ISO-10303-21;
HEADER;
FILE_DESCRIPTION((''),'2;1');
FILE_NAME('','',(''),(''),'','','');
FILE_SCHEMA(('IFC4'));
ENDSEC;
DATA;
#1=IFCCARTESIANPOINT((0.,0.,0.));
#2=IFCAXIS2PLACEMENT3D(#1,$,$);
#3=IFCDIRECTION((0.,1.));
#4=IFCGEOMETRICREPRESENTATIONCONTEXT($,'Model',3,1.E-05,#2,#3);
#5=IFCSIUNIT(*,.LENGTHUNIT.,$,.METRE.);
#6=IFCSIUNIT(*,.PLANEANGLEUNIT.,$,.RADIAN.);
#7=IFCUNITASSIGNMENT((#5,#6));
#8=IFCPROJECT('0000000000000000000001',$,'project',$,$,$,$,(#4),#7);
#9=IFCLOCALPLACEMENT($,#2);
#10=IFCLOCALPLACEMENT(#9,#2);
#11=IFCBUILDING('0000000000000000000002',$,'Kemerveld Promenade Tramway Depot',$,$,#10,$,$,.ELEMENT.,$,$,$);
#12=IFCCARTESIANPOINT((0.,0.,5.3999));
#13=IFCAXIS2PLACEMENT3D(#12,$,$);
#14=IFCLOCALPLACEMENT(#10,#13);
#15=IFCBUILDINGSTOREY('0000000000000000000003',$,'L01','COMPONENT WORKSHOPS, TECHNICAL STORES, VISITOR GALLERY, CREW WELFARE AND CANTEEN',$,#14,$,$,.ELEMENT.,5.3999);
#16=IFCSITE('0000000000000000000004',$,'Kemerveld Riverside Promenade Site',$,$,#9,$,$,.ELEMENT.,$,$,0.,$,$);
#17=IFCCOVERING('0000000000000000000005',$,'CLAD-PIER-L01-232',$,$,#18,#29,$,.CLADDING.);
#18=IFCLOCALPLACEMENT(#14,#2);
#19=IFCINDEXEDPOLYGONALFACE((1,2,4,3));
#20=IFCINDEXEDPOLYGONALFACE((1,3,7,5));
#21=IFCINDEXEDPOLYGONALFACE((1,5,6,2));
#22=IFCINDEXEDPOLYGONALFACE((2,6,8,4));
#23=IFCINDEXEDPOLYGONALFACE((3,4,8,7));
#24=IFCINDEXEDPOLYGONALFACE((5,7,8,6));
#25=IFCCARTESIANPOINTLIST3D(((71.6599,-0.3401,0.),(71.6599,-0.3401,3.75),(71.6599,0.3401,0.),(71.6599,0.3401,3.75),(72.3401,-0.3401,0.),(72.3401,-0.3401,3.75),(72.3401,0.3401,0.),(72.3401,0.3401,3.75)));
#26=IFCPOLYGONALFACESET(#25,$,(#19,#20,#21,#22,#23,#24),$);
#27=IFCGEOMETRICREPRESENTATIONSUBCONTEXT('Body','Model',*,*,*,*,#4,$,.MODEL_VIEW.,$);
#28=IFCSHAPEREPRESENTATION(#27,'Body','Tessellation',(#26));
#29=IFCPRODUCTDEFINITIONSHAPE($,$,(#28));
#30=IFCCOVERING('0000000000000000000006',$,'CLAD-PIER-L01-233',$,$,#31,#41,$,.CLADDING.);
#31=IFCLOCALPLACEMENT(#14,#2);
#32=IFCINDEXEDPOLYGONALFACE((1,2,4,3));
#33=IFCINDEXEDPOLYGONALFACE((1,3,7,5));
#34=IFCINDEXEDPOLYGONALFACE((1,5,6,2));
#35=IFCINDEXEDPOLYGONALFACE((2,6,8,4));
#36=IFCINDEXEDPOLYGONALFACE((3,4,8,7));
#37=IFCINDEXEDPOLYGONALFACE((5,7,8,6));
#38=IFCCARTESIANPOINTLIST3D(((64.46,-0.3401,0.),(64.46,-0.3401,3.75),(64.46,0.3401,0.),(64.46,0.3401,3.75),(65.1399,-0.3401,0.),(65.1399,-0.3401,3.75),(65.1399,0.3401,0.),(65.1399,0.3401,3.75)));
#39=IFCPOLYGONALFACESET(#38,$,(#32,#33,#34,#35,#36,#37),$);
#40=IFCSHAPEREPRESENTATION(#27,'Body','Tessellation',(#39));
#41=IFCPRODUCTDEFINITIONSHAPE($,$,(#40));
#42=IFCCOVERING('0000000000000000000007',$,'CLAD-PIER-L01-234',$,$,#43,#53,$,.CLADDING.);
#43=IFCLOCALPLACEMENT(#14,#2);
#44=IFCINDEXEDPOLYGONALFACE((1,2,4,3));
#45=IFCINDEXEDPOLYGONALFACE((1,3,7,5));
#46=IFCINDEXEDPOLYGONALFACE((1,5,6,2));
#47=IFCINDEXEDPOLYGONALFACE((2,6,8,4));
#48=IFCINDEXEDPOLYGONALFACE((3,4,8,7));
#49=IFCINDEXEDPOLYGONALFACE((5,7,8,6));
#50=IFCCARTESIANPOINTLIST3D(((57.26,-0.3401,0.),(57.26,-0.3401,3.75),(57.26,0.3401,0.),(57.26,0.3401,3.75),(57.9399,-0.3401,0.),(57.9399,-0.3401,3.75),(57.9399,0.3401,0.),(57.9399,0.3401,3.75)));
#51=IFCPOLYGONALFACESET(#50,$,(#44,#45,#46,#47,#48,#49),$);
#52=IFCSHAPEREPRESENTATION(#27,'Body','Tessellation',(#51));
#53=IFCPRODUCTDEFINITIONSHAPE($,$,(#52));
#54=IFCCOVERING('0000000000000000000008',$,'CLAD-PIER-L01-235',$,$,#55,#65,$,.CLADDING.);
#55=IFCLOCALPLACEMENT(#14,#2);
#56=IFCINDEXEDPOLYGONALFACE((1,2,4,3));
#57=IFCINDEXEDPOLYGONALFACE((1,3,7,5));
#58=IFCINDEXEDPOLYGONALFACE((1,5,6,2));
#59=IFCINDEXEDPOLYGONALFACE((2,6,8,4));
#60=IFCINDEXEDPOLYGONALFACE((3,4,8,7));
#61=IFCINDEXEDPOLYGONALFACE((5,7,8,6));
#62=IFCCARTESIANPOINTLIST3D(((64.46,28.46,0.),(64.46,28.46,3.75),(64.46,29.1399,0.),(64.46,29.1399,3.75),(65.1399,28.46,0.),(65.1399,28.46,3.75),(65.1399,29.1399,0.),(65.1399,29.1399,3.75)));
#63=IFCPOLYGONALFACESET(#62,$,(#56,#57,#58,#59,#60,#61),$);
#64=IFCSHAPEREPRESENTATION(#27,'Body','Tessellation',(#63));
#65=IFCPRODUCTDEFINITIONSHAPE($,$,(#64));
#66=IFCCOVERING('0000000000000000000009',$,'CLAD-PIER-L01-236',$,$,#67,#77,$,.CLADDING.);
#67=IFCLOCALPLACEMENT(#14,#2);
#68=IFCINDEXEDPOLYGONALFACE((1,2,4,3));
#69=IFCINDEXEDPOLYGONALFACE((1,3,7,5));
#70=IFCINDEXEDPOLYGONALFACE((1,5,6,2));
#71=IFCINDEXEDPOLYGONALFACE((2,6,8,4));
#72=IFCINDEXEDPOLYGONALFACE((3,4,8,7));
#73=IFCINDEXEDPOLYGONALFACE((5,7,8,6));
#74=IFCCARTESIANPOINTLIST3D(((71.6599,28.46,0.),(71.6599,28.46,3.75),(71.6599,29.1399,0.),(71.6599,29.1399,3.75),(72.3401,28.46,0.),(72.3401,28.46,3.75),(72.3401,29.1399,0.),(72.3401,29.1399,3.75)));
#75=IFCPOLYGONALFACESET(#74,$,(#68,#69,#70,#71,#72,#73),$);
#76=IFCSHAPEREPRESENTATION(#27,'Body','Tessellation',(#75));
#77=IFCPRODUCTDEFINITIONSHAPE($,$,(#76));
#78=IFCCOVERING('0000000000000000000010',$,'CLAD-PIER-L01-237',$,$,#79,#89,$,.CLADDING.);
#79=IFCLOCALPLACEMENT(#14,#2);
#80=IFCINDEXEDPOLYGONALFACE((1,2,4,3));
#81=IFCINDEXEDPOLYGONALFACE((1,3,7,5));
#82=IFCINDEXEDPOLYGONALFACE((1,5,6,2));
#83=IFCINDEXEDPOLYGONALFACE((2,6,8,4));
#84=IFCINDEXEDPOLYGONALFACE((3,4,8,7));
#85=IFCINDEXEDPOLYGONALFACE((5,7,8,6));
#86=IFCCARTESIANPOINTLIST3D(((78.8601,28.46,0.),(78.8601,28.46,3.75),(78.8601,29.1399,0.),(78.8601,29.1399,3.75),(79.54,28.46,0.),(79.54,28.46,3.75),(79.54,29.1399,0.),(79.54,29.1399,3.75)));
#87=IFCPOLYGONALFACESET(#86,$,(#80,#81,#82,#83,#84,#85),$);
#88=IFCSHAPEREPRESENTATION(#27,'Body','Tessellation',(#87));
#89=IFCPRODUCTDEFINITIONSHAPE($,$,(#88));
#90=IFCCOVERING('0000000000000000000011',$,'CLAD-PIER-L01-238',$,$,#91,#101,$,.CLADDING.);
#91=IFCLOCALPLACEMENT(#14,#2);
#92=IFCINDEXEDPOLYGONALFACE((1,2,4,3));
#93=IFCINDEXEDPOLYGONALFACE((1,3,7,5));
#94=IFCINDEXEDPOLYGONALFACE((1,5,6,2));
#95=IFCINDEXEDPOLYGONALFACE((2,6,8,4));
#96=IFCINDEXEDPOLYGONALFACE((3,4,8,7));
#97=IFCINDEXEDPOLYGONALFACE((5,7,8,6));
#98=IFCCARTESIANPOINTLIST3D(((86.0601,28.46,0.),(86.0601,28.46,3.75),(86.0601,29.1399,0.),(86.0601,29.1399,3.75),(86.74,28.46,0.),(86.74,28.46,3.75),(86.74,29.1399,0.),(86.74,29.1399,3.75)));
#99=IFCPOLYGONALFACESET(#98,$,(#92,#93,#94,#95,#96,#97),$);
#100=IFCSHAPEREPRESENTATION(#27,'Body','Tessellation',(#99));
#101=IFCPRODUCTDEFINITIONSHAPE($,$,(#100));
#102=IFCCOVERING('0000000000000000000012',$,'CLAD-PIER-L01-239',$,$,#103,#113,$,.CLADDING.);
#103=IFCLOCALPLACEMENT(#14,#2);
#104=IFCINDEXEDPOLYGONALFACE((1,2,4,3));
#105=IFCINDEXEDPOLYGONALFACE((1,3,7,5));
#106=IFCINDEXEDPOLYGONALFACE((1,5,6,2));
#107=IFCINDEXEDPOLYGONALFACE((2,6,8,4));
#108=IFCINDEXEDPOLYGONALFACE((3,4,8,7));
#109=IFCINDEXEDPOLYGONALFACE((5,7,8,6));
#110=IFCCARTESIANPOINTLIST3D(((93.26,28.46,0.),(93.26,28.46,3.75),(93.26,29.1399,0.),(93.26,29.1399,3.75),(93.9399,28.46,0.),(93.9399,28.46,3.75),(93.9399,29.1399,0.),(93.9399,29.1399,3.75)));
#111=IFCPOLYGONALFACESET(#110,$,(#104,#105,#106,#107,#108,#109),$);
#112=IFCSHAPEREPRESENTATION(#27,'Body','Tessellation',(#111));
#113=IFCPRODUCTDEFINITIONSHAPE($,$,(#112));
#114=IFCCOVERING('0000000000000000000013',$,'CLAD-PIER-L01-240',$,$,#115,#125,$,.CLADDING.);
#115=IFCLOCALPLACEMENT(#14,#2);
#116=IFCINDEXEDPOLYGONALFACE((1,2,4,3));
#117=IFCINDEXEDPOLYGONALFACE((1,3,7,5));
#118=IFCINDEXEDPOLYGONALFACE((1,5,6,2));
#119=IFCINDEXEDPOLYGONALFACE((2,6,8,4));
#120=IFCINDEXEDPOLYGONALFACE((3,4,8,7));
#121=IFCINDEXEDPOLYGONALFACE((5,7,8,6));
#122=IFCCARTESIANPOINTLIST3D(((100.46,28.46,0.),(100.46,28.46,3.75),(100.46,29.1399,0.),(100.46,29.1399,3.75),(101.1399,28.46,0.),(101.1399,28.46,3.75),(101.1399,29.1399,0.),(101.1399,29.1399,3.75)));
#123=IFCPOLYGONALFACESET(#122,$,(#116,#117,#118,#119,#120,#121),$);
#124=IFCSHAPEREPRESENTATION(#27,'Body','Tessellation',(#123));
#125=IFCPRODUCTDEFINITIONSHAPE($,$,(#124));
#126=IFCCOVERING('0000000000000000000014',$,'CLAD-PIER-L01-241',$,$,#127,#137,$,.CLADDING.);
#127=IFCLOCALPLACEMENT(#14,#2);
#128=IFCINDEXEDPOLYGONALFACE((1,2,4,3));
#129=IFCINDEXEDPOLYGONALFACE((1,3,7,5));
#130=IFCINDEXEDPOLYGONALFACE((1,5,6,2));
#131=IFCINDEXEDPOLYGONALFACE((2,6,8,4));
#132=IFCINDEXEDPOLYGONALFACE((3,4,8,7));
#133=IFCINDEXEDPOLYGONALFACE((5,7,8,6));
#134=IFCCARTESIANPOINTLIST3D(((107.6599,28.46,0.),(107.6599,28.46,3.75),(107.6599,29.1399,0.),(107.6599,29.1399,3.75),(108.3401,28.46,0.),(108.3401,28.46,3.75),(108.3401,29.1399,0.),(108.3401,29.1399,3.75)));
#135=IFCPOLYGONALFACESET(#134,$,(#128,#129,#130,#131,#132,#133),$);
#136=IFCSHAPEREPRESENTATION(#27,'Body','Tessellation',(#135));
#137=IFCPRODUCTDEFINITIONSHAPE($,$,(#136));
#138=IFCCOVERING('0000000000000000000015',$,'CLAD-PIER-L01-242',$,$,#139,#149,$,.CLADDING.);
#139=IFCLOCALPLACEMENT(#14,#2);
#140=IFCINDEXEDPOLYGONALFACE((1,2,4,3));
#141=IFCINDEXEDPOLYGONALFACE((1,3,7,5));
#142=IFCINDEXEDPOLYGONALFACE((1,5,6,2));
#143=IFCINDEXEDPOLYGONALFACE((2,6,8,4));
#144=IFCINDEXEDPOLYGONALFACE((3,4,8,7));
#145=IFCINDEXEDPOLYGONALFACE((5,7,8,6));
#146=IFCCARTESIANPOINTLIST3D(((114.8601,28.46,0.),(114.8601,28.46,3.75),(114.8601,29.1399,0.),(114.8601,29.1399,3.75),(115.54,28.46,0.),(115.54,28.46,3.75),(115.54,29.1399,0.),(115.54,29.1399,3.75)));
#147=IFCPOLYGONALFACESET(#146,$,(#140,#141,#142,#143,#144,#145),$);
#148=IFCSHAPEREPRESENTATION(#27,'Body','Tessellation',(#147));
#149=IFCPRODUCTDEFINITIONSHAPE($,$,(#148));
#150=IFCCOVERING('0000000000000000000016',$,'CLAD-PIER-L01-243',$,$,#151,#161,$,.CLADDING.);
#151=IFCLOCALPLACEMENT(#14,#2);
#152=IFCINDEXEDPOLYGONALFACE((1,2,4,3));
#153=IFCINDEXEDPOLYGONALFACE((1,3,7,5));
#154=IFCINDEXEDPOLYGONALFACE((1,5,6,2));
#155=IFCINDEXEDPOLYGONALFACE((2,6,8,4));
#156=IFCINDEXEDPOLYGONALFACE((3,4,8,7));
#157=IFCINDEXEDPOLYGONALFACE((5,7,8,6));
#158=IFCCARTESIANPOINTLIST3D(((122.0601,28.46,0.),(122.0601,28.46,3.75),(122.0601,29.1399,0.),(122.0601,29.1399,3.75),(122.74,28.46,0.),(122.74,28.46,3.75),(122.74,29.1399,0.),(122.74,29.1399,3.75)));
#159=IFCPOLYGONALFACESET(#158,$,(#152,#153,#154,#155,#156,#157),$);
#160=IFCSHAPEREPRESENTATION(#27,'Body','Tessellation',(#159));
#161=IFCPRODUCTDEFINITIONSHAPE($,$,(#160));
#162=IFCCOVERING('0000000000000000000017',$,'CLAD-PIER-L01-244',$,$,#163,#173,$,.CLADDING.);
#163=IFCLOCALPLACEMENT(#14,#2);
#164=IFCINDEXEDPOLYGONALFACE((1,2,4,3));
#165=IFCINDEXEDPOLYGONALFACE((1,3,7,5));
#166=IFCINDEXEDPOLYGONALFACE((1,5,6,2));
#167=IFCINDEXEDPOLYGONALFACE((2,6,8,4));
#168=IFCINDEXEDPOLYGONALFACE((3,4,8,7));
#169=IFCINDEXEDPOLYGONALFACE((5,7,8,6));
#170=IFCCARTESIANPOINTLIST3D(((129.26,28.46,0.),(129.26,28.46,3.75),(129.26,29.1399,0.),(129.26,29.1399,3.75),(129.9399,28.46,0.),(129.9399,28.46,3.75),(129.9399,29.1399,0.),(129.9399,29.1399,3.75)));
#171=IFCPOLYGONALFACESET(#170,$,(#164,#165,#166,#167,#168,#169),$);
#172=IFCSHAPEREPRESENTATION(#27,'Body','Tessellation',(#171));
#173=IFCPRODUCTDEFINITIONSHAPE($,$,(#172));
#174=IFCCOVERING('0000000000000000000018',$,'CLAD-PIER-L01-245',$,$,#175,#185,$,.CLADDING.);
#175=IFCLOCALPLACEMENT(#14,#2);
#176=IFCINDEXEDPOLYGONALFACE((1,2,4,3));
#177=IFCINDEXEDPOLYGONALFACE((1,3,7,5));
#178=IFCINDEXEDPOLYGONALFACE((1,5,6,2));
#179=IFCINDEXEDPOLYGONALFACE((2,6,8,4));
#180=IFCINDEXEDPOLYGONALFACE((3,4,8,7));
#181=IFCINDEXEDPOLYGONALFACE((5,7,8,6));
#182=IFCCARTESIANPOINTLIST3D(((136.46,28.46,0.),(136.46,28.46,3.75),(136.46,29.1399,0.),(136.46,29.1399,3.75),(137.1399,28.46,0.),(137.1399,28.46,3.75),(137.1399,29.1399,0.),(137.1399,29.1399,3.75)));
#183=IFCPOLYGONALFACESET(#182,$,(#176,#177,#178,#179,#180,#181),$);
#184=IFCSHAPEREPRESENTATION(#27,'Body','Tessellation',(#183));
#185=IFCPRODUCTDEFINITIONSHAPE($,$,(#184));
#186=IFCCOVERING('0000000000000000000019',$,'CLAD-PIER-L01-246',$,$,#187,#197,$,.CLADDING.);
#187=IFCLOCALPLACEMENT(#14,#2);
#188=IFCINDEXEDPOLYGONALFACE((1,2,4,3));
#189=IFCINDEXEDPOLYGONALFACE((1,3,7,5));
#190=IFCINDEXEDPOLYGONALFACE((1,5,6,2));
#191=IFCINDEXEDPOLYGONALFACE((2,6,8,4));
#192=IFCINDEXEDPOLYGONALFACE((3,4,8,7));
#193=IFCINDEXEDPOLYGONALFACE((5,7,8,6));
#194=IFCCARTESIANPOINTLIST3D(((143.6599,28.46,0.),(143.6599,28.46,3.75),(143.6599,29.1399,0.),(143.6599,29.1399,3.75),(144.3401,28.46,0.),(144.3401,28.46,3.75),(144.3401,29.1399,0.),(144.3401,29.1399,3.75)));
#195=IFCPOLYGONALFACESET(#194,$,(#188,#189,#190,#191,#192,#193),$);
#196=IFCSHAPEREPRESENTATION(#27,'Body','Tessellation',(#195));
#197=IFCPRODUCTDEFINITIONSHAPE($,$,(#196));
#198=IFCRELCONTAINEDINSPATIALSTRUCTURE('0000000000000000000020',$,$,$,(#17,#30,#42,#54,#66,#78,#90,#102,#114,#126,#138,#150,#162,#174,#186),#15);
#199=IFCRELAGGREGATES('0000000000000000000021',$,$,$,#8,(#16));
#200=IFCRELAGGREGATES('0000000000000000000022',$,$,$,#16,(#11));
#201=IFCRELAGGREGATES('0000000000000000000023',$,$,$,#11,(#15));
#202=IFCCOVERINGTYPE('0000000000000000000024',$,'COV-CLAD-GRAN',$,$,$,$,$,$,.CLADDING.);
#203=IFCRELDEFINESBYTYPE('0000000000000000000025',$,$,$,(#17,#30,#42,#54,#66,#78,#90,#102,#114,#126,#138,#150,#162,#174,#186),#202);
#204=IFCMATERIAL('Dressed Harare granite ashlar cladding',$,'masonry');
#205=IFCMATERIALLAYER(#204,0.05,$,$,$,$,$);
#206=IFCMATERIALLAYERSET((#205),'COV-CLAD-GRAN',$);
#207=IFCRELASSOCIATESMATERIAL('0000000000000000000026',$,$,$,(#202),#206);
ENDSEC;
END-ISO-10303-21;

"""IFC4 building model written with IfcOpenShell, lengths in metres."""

from ifc_helpers import new_model, si_unit, direction, frame, origin, place, context, subcontext, project, spatial, polyline, outline, extrude, material, layer, layer_set, type_object, element, save


model = new_model("IFC4")

# Units and contexts
model_context = context("Model", 3, precision=1e-05, world=origin(), true_north=direction((0.0, 1.0)))
body_context = subcontext(model_context, "Body", "Model", "MODEL_VIEW")
ifc_project = project(units=[si_unit("LENGTHUNIT", "METRE"), si_unit("PLANEANGLEUNIT", "RADIAN")], contexts=[model_context])

# Site, building, storey
site_placement = place(None, origin())
site = spatial("IfcSite", under=ifc_project, at=site_placement, Name="Kemerveld Riverside Promenade Site", CompositionType="ELEMENT", RefElevation=0.0)
building_placement = place(site_placement, origin())
building = spatial("IfcBuilding", under=site, at=building_placement, Name="Kemerveld Promenade Tramway Depot", CompositionType="ELEMENT")
storey_placement = place(building_placement, frame((0.0, 0.0, 5.3999)))
storey = spatial("IfcBuildingStorey", under=building, at=storey_placement, Name="L01", Description="COMPONENT WORKSHOPS, TECHNICAL STORES, VISITOR GALLERY, CREW WELFARE AND CANTEEN", CompositionType="ELEMENT", Elevation=5.3999)

# Coverings
ifc_material = material(Name="Dressed Harare granite ashlar cladding", Category="masonry")
ifc_layer = layer(ifc_material, 0.05)
ifc_layer_set = layer_set([ifc_layer], Name="COV-CLAD-GRAN")
covering_type = type_object("IfcCoveringType", Name="COV-CLAD-GRAN", PredefinedType="CLADDING", material=ifc_layer_set)
covering_1_placement = place(storey_placement, origin())
element("IfcCovering", 1, at=covering_1_placement, inside=storey, type_object=covering_type, Name="CLAD-PIER-L01-232", PredefinedType="CLADDING", context=body_context, shape_type="SweptSolid", body=[
    extrude(outline(polyline([(71.6599, -0.3401), (72.3401, -0.3401), (72.3401, 0.3401), (71.6599, 0.3401), (71.6599, -0.3401)])), origin(), (0.0, 0.0, 1.0), 3.75),
])
covering_2_placement = place(storey_placement, origin())
element("IfcCovering", 2, at=covering_2_placement, inside=storey, type_object=covering_type, Name="CLAD-PIER-L01-233", PredefinedType="CLADDING", context=body_context, shape_type="SweptSolid", body=[
    extrude(outline(polyline([(64.46, -0.3401), (65.1399, -0.3401), (65.1399, 0.3401), (64.46, 0.3401), (64.46, -0.3401)])), origin(), (0.0, 0.0, 1.0), 3.75),
])
covering_3_placement = place(storey_placement, origin())
element("IfcCovering", 3, at=covering_3_placement, inside=storey, type_object=covering_type, Name="CLAD-PIER-L01-234", PredefinedType="CLADDING", context=body_context, shape_type="SweptSolid", body=[
    extrude(outline(polyline([(57.26, -0.3401), (57.9399, -0.3401), (57.9399, 0.3401), (57.26, 0.3401), (57.26, -0.3401)])), origin(), (0.0, 0.0, 1.0), 3.75),
])
covering_4_placement = place(storey_placement, origin())
element("IfcCovering", 4, at=covering_4_placement, inside=storey, type_object=covering_type, Name="CLAD-PIER-L01-235", PredefinedType="CLADDING", context=body_context, shape_type="SweptSolid", body=[
    extrude(outline(polyline([(64.46, 28.46), (65.1399, 28.46), (65.1399, 29.1399), (64.46, 29.1399), (64.46, 28.46)])), origin(), (0.0, 0.0, 1.0), 3.75),
])
covering_5_placement = place(storey_placement, origin())
element("IfcCovering", 5, at=covering_5_placement, inside=storey, type_object=covering_type, Name="CLAD-PIER-L01-236", PredefinedType="CLADDING", context=body_context, shape_type="SweptSolid", body=[
    extrude(outline(polyline([(71.6599, 28.46), (72.3401, 28.46), (72.3401, 29.1399), (71.6599, 29.1399), (71.6599, 28.46)])), origin(), (0.0, 0.0, 1.0), 3.75),
])
covering_6_placement = place(storey_placement, origin())
element("IfcCovering", 6, at=covering_6_placement, inside=storey, type_object=covering_type, Name="CLAD-PIER-L01-237", PredefinedType="CLADDING", context=body_context, shape_type="SweptSolid", body=[
    extrude(outline(polyline([(78.8601, 28.46), (79.54, 28.46), (79.54, 29.1399), (78.8601, 29.1399), (78.8601, 28.46)])), origin(), (0.0, 0.0, 1.0), 3.75),
])
covering_7_placement = place(storey_placement, origin())
element("IfcCovering", 7, at=covering_7_placement, inside=storey, type_object=covering_type, Name="CLAD-PIER-L01-238", PredefinedType="CLADDING", context=body_context, shape_type="SweptSolid", body=[
    extrude(outline(polyline([(86.0601, 28.46), (86.74, 28.46), (86.74, 29.1399), (86.0601, 29.1399), (86.0601, 28.46)])), origin(), (0.0, 0.0, 1.0), 3.75),
])
covering_8_placement = place(storey_placement, origin())
element("IfcCovering", 8, at=covering_8_placement, inside=storey, type_object=covering_type, Name="CLAD-PIER-L01-239", PredefinedType="CLADDING", context=body_context, shape_type="SweptSolid", body=[
    extrude(outline(polyline([(93.26, 28.46), (93.9399, 28.46), (93.9399, 29.1399), (93.26, 29.1399), (93.26, 28.46)])), origin(), (0.0, 0.0, 1.0), 3.75),
])
covering_9_placement = place(storey_placement, origin())
element("IfcCovering", 9, at=covering_9_placement, inside=storey, type_object=covering_type, Name="CLAD-PIER-L01-240", PredefinedType="CLADDING", context=body_context, shape_type="SweptSolid", body=[
    extrude(outline(polyline([(100.46, 28.46), (101.1399, 28.46), (101.1399, 29.1399), (100.46, 29.1399), (100.46, 28.46)])), origin(), (0.0, 0.0, 1.0), 3.75),
])
covering_10_placement = place(storey_placement, origin())
element("IfcCovering", 10, at=covering_10_placement, inside=storey, type_object=covering_type, Name="CLAD-PIER-L01-241", PredefinedType="CLADDING", context=body_context, shape_type="SweptSolid", body=[
    extrude(outline(polyline([(107.6599, 28.46), (108.3401, 28.46), (108.3401, 29.1399), (107.6599, 29.1399), (107.6599, 28.46)])), origin(), (0.0, 0.0, 1.0), 3.75),
])
covering_11_placement = place(storey_placement, origin())
element("IfcCovering", 11, at=covering_11_placement, inside=storey, type_object=covering_type, Name="CLAD-PIER-L01-242", PredefinedType="CLADDING", context=body_context, shape_type="SweptSolid", body=[
    extrude(outline(polyline([(114.8601, 28.46), (115.54, 28.46), (115.54, 29.1399), (114.8601, 29.1399), (114.8601, 28.46)])), origin(), (0.0, 0.0, 1.0), 3.75),
])
covering_12_placement = place(storey_placement, origin())
element("IfcCovering", 12, at=covering_12_placement, inside=storey, type_object=covering_type, Name="CLAD-PIER-L01-243", PredefinedType="CLADDING", context=body_context, shape_type="SweptSolid", body=[
    extrude(outline(polyline([(122.0601, 28.46), (122.74, 28.46), (122.74, 29.1399), (122.0601, 29.1399), (122.0601, 28.46)])), origin(), (0.0, 0.0, 1.0), 3.75),
])
covering_13_placement = place(storey_placement, origin())
element("IfcCovering", 13, at=covering_13_placement, inside=storey, type_object=covering_type, Name="CLAD-PIER-L01-244", PredefinedType="CLADDING", context=body_context, shape_type="SweptSolid", body=[
    extrude(outline(polyline([(129.26, 28.46), (129.9399, 28.46), (129.9399, 29.1399), (129.26, 29.1399), (129.26, 28.46)])), origin(), (0.0, 0.0, 1.0), 3.75),
])
covering_14_placement = place(storey_placement, origin())
element("IfcCovering", 14, at=covering_14_placement, inside=storey, type_object=covering_type, Name="CLAD-PIER-L01-245", PredefinedType="CLADDING", context=body_context, shape_type="SweptSolid", body=[
    extrude(outline(polyline([(136.46, 28.46), (137.1399, 28.46), (137.1399, 29.1399), (136.46, 29.1399), (136.46, 28.46)])), origin(), (0.0, 0.0, 1.0), 3.75),
])
covering_15_placement = place(storey_placement, origin())
element("IfcCovering", 15, at=covering_15_placement, inside=storey, type_object=covering_type, Name="CLAD-PIER-L01-246", PredefinedType="CLADDING", context=body_context, shape_type="SweptSolid", body=[
    extrude(outline(polyline([(143.6599, 28.46), (144.3401, 28.46), (144.3401, 29.1399), (143.6599, 29.1399), (143.6599, 28.46)])), origin(), (0.0, 0.0, 1.0), 3.75),
])

save(model, "model.ifc")
